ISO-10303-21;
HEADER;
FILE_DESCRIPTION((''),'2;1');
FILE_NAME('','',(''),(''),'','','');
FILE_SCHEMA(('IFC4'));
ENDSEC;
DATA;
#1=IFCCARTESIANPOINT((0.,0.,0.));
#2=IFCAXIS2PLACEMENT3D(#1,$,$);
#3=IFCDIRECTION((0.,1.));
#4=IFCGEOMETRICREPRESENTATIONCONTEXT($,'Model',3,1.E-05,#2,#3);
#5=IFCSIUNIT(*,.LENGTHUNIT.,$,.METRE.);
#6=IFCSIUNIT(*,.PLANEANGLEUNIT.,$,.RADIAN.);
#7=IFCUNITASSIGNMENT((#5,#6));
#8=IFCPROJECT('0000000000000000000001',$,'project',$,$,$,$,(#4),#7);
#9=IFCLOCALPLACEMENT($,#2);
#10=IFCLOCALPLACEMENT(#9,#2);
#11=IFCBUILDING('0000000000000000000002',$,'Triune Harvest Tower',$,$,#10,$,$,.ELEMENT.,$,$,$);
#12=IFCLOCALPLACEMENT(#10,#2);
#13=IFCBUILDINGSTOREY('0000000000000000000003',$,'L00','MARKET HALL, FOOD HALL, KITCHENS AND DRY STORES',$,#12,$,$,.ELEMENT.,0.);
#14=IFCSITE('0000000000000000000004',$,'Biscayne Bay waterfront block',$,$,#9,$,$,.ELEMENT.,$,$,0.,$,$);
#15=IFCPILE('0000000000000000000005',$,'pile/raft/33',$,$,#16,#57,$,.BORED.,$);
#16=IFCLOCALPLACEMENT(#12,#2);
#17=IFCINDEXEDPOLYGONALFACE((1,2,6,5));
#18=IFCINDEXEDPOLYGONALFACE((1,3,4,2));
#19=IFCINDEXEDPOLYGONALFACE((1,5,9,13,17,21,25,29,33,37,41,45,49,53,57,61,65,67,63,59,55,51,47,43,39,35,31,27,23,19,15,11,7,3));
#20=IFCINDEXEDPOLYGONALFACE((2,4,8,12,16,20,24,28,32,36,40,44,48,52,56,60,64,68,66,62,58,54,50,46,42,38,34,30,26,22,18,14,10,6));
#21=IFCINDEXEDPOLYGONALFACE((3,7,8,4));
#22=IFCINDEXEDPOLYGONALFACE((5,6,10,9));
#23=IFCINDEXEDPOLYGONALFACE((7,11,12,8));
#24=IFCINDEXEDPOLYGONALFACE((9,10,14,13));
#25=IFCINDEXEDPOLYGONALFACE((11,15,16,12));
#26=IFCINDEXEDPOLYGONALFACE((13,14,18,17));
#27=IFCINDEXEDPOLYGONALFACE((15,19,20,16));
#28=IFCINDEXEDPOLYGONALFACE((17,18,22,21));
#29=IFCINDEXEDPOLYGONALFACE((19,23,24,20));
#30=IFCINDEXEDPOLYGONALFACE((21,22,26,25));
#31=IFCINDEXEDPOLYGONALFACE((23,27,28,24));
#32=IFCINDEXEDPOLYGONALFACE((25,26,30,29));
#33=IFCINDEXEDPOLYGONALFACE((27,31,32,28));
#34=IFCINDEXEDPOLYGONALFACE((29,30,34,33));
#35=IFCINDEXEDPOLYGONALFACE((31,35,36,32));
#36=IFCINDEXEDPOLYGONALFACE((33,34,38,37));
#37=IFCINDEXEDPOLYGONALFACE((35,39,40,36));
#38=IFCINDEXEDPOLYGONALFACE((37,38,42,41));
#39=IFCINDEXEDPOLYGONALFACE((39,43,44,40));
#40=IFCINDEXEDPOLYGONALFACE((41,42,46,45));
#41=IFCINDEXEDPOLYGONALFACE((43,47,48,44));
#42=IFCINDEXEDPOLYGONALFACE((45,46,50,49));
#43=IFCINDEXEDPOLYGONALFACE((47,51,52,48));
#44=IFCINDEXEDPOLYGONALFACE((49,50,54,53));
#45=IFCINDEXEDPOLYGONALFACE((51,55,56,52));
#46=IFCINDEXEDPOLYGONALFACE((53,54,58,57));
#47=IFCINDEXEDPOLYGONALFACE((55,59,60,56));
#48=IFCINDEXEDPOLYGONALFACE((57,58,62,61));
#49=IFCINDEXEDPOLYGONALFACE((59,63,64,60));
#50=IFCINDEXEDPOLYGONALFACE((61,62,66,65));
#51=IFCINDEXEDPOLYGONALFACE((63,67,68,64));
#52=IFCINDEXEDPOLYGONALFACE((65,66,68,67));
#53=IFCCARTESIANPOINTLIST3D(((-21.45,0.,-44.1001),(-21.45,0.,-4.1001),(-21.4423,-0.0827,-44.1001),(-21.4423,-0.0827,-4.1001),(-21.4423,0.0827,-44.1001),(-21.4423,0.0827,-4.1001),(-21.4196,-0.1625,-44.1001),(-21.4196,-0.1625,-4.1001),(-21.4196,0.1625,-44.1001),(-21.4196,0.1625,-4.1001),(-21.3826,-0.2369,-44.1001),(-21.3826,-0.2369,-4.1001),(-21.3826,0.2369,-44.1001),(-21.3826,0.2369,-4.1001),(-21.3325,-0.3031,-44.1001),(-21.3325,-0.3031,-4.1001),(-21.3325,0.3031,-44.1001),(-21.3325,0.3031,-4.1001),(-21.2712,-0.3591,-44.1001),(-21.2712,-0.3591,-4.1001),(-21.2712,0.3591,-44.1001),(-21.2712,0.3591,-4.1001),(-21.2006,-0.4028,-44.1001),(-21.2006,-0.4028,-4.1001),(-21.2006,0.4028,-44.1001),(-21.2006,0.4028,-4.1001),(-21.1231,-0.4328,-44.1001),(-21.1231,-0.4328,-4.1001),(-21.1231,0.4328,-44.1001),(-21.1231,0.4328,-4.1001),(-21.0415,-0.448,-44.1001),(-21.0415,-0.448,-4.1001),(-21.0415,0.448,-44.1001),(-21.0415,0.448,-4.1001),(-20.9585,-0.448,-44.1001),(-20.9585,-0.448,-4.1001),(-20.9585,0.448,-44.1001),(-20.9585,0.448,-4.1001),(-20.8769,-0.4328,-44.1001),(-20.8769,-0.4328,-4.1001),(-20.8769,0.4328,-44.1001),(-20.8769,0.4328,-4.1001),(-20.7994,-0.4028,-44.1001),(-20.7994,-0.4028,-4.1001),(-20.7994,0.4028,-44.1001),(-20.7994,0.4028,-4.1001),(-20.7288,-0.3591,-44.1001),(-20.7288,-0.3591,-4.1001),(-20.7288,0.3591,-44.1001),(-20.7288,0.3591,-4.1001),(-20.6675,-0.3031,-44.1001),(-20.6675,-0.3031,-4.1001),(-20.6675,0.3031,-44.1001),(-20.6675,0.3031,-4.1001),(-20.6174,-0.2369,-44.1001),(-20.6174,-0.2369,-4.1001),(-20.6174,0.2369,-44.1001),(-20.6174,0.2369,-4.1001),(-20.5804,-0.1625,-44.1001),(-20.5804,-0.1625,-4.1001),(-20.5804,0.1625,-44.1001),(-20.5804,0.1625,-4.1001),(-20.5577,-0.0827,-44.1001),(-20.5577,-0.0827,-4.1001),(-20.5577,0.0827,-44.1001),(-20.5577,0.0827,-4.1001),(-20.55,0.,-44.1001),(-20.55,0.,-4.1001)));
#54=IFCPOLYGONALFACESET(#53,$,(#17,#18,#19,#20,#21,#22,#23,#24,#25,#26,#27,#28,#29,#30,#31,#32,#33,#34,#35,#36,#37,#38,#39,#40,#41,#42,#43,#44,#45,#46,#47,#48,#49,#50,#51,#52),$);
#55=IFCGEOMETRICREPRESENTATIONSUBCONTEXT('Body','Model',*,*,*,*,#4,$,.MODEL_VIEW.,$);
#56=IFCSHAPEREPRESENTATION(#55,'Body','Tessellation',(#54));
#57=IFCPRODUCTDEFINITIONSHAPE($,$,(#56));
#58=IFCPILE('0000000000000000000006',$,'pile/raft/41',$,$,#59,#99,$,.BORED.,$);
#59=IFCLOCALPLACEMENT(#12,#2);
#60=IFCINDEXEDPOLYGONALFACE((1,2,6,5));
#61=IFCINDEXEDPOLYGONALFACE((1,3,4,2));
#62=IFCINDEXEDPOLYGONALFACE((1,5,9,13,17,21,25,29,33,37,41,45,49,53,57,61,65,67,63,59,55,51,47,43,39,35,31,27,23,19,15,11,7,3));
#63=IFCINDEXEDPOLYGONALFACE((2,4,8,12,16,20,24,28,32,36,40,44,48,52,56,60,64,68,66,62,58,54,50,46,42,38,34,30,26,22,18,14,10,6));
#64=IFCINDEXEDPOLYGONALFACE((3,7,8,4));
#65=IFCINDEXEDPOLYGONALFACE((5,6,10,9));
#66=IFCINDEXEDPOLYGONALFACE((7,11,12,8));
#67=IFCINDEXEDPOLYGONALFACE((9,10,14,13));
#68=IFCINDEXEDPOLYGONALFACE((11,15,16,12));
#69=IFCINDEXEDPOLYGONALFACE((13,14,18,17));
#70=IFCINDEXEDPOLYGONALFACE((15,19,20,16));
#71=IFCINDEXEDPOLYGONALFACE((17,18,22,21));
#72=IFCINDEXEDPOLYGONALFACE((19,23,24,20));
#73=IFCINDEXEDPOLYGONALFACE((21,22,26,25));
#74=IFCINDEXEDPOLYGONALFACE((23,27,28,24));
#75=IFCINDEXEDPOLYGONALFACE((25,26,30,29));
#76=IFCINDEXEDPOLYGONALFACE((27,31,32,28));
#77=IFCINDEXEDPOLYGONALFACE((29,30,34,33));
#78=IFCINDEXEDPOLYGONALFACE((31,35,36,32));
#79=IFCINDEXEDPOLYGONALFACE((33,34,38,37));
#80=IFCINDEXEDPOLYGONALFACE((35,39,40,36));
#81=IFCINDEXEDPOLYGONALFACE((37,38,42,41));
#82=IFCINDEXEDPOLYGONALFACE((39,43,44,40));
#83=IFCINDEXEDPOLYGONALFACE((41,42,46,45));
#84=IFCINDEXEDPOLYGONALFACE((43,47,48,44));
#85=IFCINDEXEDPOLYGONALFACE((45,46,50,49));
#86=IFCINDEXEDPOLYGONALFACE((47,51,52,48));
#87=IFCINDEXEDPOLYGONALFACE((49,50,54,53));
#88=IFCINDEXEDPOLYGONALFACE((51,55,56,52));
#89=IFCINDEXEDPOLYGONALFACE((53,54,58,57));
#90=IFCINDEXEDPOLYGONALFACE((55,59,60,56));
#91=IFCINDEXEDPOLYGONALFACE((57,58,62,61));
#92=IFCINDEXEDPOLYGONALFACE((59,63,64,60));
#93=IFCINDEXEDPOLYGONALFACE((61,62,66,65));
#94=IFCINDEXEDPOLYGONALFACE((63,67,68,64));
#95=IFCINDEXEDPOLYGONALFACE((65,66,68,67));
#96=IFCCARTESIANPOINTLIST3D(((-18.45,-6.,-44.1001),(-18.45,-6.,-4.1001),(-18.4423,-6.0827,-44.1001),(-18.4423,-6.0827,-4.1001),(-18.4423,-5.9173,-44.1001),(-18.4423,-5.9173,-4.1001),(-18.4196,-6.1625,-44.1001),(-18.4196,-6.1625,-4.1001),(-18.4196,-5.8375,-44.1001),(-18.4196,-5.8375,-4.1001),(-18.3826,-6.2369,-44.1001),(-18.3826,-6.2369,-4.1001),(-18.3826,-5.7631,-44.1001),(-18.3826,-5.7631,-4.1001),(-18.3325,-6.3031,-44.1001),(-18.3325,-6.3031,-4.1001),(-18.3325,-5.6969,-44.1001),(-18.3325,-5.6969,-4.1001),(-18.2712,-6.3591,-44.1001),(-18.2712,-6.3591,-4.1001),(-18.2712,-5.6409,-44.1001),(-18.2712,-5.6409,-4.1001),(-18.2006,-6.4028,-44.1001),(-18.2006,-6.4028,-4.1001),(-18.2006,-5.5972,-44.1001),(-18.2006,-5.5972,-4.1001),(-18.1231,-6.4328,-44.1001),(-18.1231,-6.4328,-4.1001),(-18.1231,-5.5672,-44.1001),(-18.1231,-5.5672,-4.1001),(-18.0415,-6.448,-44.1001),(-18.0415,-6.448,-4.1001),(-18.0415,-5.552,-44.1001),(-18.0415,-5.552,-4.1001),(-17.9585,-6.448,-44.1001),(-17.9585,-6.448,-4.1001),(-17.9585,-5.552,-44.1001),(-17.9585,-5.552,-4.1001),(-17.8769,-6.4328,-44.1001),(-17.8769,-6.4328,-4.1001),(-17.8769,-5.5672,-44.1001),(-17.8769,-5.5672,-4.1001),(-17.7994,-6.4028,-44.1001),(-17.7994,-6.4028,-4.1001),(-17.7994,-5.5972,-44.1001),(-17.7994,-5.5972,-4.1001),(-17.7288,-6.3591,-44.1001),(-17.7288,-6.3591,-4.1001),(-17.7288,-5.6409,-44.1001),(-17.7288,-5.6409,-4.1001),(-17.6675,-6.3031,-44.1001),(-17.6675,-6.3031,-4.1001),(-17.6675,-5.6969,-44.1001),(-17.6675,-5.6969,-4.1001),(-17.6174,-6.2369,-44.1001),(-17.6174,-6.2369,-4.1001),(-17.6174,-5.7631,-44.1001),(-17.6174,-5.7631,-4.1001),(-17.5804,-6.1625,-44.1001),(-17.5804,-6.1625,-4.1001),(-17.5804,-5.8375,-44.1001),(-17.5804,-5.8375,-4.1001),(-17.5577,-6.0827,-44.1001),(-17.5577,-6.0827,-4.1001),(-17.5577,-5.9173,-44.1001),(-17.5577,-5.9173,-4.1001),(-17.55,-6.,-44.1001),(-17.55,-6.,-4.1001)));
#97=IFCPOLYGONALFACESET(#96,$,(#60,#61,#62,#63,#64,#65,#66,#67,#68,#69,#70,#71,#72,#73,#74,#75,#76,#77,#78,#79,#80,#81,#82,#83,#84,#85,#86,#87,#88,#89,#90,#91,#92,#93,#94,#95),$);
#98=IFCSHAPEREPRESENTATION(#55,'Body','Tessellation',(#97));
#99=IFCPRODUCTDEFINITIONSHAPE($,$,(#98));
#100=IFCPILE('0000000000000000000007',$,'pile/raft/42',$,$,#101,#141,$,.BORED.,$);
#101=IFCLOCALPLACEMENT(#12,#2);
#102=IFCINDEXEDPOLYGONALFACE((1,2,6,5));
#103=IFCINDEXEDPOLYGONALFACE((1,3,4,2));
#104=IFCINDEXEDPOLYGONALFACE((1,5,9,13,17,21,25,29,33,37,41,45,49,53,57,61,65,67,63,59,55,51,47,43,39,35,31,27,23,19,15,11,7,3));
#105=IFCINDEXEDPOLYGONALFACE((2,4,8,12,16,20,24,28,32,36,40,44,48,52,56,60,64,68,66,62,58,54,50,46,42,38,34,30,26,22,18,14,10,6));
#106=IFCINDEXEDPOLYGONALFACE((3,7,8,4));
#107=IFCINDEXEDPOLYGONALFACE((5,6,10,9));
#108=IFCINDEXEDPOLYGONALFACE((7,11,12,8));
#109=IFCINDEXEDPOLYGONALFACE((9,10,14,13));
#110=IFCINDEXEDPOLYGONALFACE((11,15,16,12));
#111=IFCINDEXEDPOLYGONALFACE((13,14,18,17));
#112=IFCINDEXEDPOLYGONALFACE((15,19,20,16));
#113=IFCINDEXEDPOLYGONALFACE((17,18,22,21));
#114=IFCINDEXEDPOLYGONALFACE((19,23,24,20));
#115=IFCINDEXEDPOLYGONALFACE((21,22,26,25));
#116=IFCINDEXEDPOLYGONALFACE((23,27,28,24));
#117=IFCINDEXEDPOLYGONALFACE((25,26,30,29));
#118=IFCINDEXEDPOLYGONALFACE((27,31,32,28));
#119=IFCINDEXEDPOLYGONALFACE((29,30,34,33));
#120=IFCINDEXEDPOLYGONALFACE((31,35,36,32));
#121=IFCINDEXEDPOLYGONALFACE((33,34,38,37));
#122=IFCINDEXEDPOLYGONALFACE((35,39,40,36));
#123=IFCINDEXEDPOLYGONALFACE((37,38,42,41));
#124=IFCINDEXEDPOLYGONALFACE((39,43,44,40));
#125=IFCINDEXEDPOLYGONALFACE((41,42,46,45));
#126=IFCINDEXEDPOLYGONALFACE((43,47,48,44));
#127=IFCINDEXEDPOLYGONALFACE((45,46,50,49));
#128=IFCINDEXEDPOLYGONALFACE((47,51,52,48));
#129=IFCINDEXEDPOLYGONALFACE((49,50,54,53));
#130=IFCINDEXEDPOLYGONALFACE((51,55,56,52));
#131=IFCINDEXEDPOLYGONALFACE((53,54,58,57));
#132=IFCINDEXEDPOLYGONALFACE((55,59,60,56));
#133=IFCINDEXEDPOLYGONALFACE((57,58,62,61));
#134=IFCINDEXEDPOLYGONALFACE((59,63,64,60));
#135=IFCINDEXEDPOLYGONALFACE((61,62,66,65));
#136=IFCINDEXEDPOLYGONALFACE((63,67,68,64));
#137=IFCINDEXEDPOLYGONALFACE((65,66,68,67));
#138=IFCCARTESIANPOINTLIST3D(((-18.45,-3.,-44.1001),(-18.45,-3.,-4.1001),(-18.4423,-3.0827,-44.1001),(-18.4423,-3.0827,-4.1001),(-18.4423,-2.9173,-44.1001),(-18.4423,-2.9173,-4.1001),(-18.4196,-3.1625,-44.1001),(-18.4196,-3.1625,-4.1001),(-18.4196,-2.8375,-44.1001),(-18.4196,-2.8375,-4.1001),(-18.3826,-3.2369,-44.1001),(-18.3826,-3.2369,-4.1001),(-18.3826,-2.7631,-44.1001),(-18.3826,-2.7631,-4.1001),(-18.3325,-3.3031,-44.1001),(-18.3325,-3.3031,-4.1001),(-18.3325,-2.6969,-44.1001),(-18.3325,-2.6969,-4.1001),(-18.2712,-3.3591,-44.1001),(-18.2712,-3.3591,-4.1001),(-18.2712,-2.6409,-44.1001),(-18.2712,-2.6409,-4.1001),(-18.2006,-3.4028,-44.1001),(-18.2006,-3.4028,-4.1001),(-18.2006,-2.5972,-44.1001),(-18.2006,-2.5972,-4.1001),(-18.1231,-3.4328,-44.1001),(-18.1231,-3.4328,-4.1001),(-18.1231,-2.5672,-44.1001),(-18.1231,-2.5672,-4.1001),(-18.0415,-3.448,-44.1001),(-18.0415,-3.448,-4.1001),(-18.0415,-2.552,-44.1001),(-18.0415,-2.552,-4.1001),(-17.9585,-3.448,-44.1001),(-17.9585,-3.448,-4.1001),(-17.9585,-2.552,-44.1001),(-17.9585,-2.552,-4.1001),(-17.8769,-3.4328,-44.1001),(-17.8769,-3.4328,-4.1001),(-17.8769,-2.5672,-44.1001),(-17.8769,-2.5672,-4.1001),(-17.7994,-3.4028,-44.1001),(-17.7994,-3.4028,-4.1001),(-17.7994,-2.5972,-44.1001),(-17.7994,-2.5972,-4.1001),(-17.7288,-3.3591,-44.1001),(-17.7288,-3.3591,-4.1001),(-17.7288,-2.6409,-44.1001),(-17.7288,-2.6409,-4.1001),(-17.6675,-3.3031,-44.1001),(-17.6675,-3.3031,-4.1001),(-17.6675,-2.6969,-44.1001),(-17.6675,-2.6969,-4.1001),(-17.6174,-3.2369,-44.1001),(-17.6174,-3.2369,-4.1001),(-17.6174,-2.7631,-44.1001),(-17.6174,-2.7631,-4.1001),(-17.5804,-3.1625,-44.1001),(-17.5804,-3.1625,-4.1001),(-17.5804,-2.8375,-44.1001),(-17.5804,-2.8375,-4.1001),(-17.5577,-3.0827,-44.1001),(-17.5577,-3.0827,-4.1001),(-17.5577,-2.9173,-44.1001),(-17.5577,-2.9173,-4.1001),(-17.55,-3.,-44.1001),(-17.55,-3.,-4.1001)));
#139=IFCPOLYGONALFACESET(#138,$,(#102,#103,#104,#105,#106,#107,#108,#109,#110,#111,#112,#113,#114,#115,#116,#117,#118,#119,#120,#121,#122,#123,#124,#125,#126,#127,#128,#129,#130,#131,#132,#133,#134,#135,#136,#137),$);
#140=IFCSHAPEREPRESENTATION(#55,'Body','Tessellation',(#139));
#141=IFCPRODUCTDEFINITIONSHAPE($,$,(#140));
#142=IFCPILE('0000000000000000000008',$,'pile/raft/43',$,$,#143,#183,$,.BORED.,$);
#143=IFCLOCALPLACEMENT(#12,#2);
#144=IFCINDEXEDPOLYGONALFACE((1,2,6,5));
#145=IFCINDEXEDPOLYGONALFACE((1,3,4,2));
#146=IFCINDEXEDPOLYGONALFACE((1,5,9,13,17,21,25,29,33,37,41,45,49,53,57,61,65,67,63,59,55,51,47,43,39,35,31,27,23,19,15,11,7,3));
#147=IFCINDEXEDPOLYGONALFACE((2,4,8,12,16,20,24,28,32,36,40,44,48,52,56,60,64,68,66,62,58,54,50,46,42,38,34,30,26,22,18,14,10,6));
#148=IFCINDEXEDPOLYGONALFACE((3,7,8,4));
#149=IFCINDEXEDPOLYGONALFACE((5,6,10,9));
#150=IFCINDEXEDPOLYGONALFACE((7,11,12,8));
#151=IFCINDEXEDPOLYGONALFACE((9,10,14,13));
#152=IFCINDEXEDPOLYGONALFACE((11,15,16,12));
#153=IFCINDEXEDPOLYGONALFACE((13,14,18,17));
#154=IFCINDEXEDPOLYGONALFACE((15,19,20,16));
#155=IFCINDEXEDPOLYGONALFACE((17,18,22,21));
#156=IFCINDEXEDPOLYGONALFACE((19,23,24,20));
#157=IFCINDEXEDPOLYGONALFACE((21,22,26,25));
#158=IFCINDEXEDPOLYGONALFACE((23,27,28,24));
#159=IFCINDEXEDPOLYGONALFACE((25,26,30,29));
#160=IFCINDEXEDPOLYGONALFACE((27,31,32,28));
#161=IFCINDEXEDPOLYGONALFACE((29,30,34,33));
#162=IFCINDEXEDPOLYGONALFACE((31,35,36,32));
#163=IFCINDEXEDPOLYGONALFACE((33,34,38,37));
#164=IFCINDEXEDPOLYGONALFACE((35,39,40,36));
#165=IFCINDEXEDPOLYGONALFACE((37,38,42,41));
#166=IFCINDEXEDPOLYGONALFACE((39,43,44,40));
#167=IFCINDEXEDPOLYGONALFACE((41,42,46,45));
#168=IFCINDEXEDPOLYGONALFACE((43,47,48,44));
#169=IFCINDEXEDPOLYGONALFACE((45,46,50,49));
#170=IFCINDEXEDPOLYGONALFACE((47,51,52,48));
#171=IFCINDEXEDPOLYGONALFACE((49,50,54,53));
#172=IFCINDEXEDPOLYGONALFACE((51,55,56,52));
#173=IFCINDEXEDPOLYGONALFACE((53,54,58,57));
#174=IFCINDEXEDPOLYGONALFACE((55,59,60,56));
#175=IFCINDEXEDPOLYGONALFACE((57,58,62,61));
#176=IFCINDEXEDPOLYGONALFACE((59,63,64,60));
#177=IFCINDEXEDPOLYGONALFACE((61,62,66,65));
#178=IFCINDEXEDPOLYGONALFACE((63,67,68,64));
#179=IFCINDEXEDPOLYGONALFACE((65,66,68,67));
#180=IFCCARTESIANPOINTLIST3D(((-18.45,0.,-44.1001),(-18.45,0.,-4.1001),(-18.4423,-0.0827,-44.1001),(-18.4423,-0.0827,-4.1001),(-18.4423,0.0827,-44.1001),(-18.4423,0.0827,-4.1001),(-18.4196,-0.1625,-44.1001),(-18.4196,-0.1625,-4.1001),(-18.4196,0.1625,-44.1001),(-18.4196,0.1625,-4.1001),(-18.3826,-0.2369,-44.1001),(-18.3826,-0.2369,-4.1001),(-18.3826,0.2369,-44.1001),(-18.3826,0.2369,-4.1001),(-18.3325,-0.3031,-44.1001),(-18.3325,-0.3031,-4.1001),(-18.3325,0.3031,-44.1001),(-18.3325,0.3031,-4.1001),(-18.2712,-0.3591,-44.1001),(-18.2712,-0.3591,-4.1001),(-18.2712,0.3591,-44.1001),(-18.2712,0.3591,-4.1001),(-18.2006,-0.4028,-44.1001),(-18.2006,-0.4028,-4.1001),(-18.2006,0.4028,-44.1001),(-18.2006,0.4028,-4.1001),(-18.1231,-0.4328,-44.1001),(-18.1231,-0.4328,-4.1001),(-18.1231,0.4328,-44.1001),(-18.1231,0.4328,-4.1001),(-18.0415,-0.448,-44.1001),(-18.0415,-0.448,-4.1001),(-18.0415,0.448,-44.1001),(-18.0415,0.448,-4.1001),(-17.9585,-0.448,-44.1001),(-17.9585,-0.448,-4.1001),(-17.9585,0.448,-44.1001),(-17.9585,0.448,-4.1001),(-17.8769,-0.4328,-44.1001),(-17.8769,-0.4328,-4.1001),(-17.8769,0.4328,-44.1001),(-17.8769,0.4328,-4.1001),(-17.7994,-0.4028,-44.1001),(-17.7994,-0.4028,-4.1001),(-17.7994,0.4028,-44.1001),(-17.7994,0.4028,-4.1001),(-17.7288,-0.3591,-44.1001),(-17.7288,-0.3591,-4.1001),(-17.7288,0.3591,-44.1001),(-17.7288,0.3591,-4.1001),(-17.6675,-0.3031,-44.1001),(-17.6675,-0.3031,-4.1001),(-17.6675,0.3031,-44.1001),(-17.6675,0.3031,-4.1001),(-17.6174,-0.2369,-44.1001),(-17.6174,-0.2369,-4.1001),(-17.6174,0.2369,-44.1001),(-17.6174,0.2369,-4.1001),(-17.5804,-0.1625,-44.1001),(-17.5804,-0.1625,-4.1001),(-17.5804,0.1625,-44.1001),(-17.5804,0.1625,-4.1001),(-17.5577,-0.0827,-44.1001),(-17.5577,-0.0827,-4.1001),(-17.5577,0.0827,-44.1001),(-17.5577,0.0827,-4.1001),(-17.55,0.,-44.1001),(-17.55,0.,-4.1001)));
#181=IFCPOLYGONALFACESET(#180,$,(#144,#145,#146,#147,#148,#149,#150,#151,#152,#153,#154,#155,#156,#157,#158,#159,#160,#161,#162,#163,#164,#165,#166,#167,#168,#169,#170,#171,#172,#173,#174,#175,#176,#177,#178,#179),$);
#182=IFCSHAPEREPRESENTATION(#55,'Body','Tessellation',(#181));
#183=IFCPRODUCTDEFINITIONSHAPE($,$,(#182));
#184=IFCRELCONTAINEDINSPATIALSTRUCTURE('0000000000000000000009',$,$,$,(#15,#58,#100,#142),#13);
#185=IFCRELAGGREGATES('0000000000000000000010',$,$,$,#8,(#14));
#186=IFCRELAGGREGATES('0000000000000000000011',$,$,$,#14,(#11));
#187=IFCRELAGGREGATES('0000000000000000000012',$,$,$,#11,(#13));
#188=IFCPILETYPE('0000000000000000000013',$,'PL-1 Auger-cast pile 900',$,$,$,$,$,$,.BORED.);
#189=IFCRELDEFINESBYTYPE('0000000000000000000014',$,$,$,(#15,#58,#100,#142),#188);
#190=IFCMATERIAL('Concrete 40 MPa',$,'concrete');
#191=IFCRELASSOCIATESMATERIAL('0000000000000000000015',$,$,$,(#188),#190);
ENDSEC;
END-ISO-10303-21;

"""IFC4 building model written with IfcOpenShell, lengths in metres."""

from ifc_helpers import new_model, si_unit, direction, frame, origin, origin_2d, place, context, subcontext, project, spatial, circle, extrude, source, transform, mapped, material, material_profile, profile_set, type_object, element, save


model = new_model("IFC4")

# Units and contexts
model_context = context("Model", 3, precision=1e-05, world=origin(), true_north=direction((0.0, 1.0)))
body_context = subcontext(model_context, "Body", "Model", "MODEL_VIEW")
ifc_project = project(units=[si_unit("LENGTHUNIT", "METRE"), si_unit("PLANEANGLEUNIT", "RADIAN")], contexts=[model_context])

# Site, building, storey
site_placement = place(None, origin())
site = spatial("IfcSite", under=ifc_project, at=site_placement, Name="Biscayne Bay waterfront block", CompositionType="ELEMENT", RefElevation=0.0)
building_placement = place(site_placement, origin())
building = spatial("IfcBuilding", under=site, at=building_placement, Name="Triune Harvest Tower", CompositionType="ELEMENT")
storey_placement = place(building_placement, origin())
storey = spatial("IfcBuildingStorey", under=building, at=storey_placement, Name="L00", Description="MARKET HALL, FOOD HALL, KITCHENS AND DRY STORES", CompositionType="ELEMENT", Elevation=0.0)

# Piles
ifc_material_1 = material(Name="Concrete 40 MPa", Category="concrete")
ifc_material_profile = material_profile(ifc_material_1, circle(Radius=0.45, at=origin_2d()), Name="Bored 900")
ifc_profile_set = profile_set([ifc_material_profile], Name="Concrete 40 MPa")
pile_type = type_object("IfcPileType", Name="PL-1 Auger-cast pile 900", PredefinedType="BORED", material=ifc_profile_set)
shared_shape = source(origin(), body_context, "Body", "SweptSolid", [
    extrude(circle(Radius=0.45, at=origin_2d()), origin(), (0.0, 0.0, 1.0), 40.0),
])
for number, where, z_axis, x_axis, name in (
    (1, (-21.0, 0.0, -4.1001), (0.0, 0.0, -1.0), (1.0, 0.0, 0.0), "pile/raft/33"),
    (2, (-18.0, -6.0, -4.1001), (0.0, 0.0, -1.0), (1.0, 0.0, 0.0), "pile/raft/41"),
    (3, (-18.0, -3.0, -4.1001), (0.0, 0.0, -1.0), (1.0, 0.0, 0.0), "pile/raft/42"),
    (4, (-18.0, 0.0, -4.1001), (0.0, 0.0, -1.0), (1.0, 0.0, 0.0), "pile/raft/43"),
):
    element("IfcPile", number, at=place(storey_placement, frame(where, z_axis=z_axis, x_axis=x_axis)), inside=storey, type_object=pile_type, Name=name, PredefinedType="BORED", context=body_context, shape_type="MappedRepresentation", body=[
        mapped(shared_shape, transform((0.0, 0.0, 0.0), scale=1.0)),
    ])

save(model, "model.ifc")
